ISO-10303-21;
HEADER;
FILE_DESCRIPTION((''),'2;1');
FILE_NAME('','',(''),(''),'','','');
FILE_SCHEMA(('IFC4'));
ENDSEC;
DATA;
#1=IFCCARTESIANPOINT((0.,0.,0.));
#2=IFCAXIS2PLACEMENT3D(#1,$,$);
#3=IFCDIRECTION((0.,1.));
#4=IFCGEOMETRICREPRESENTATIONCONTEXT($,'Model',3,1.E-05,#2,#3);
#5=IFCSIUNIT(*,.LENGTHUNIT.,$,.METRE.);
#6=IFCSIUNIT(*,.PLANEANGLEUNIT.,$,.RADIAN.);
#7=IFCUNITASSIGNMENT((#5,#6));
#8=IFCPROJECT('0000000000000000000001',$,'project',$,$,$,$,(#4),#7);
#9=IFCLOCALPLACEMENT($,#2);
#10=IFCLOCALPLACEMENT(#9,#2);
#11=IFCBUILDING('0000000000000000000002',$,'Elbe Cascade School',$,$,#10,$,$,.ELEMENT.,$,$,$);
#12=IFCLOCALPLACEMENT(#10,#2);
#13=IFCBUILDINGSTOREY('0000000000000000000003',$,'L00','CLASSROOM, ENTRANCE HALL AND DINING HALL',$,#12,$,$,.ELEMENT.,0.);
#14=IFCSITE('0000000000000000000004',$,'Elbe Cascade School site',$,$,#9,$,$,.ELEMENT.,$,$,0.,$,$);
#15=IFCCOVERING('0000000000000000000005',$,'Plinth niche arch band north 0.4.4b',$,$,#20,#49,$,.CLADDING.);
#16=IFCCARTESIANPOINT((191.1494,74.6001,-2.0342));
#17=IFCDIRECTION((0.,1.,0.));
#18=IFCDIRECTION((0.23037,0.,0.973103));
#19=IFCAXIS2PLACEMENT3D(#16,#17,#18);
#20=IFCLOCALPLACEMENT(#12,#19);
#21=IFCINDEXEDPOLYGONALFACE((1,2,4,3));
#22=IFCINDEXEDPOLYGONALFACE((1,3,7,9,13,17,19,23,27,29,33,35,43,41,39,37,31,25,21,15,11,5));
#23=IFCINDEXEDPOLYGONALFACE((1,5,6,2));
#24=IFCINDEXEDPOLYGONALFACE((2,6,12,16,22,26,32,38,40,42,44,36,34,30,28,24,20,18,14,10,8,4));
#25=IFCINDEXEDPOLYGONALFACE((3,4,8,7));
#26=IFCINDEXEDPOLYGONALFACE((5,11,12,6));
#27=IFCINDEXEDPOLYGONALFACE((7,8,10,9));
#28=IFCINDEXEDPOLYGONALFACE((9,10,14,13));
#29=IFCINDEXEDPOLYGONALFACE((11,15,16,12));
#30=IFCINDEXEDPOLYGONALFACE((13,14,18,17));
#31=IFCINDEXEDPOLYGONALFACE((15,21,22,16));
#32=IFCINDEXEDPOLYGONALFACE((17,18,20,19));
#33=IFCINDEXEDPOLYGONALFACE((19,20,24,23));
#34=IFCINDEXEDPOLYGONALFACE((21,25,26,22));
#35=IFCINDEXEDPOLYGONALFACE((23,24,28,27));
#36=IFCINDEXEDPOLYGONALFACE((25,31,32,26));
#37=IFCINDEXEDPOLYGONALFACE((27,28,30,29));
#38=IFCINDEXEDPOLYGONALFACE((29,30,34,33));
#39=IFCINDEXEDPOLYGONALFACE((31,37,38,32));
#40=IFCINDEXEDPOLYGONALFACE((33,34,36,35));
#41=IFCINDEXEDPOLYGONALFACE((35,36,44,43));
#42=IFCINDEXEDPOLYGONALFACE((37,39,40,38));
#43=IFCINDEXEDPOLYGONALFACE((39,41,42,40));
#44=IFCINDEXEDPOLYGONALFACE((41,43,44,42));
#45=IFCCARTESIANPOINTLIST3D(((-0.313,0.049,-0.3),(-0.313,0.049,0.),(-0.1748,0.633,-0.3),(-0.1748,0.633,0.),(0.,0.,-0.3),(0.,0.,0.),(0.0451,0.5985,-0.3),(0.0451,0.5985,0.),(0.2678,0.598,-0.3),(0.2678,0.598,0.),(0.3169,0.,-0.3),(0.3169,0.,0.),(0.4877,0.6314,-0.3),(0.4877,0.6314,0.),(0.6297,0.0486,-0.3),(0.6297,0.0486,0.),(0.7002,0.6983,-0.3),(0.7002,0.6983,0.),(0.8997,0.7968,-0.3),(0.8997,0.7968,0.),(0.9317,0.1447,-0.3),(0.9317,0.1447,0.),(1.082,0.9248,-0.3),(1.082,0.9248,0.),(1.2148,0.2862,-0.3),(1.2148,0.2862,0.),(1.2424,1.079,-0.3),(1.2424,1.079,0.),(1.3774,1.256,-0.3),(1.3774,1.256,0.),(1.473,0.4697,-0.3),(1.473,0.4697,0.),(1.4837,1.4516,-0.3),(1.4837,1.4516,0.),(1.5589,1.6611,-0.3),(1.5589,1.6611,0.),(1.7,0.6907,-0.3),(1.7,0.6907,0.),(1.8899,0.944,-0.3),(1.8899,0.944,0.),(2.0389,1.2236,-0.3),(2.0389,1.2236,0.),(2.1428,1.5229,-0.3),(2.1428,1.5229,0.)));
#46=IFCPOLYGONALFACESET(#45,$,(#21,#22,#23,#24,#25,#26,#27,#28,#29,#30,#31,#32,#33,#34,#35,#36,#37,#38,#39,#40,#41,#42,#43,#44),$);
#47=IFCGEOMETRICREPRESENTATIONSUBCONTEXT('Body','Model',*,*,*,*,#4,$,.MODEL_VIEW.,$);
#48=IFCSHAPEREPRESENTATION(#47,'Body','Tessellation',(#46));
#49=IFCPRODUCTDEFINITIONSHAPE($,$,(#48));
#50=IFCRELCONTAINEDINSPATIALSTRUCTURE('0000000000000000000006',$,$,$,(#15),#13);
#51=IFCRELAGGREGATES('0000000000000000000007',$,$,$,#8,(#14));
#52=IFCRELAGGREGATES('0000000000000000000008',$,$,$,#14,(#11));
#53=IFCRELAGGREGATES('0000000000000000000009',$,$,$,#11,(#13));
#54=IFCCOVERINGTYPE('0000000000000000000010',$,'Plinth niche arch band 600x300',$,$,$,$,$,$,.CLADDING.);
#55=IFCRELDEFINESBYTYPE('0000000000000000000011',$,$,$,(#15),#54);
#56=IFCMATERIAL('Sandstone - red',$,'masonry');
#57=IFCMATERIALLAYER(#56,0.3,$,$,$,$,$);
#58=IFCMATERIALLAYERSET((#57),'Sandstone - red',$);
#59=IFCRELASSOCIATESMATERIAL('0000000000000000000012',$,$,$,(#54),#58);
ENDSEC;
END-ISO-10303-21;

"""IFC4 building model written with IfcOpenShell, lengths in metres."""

from ifc_helpers import new_model, si_unit, direction, frame, origin, place, context, subcontext, project, spatial, polyline, outline, extrude, material, layer, layer_set, type_object, element, save


model = new_model("IFC4")

# Units and contexts
model_context = context("Model", 3, precision=1e-05, world=origin(), true_north=direction((0.0, 1.0)))
body_context = subcontext(model_context, "Body", "Model", "MODEL_VIEW")
ifc_project = project(units=[si_unit("LENGTHUNIT", "METRE"), si_unit("PLANEANGLEUNIT", "RADIAN")], contexts=[model_context])

# Site, building, storey
site_placement = place(None, origin())
site = spatial("IfcSite", under=ifc_project, at=site_placement, Name="Elbe Cascade School site", CompositionType="ELEMENT", RefElevation=0.0)
building_placement = place(site_placement, origin())
building = spatial("IfcBuilding", under=site, at=building_placement, Name="Elbe Cascade School", CompositionType="ELEMENT")
storey_placement = place(building_placement, origin())
storey = spatial("IfcBuildingStorey", under=building, at=storey_placement, Name="L00", Description="CLASSROOM, ENTRANCE HALL AND DINING HALL", CompositionType="ELEMENT", Elevation=0.0)

# Covering
ifc_material_1 = material(Name="Sandstone - red", Category="masonry")
ifc_layer_1 = layer(ifc_material_1, 0.3)
ifc_layer_set_1 = layer_set([ifc_layer_1], Name="Sandstone - red")
covering_type_1 = type_object("IfcCoveringType", Name="Plinth niche arch band 600x300", PredefinedType="CLADDING", material=ifc_layer_set_1)
covering_1_placement = place(storey_placement, frame((191.1494, 74.6001, -2.0342), z_axis=(0.0, 1.0, 0.0), x_axis=(0.23037, 0.0, 0.973103)))
element("IfcCovering", 1, at=covering_1_placement, inside=storey, type_object=covering_type_1, Name="Plinth niche arch band north 0.4.4b", PredefinedType="CLADDING", context=body_context, shape_type="SweptSolid", body=[
    extrude(outline(polyline([(0.0, 0.0), (0.3169, 0.0), (0.6297, 0.0486), (0.9317, 0.1447), (1.2148, 0.2862), (1.473, 0.4697), (1.7, 0.6907), (1.8899, 0.944), (2.0389, 1.2236), (2.1428, 1.5229), (1.5589, 1.6611), (1.4837, 1.4516), (1.3774, 1.256), (1.2424, 1.079), (1.082, 0.9248), (0.8997, 0.7968), (0.7002, 0.6983), (0.4877, 0.6314), (0.2678, 0.598), (0.0451, 0.5985), (-0.1748, 0.633), (-0.313, 0.049), (0.0, 0.0)])), origin(), (0.0, 0.0, -1.0), 0.3),
])

save(model, "model.ifc")
